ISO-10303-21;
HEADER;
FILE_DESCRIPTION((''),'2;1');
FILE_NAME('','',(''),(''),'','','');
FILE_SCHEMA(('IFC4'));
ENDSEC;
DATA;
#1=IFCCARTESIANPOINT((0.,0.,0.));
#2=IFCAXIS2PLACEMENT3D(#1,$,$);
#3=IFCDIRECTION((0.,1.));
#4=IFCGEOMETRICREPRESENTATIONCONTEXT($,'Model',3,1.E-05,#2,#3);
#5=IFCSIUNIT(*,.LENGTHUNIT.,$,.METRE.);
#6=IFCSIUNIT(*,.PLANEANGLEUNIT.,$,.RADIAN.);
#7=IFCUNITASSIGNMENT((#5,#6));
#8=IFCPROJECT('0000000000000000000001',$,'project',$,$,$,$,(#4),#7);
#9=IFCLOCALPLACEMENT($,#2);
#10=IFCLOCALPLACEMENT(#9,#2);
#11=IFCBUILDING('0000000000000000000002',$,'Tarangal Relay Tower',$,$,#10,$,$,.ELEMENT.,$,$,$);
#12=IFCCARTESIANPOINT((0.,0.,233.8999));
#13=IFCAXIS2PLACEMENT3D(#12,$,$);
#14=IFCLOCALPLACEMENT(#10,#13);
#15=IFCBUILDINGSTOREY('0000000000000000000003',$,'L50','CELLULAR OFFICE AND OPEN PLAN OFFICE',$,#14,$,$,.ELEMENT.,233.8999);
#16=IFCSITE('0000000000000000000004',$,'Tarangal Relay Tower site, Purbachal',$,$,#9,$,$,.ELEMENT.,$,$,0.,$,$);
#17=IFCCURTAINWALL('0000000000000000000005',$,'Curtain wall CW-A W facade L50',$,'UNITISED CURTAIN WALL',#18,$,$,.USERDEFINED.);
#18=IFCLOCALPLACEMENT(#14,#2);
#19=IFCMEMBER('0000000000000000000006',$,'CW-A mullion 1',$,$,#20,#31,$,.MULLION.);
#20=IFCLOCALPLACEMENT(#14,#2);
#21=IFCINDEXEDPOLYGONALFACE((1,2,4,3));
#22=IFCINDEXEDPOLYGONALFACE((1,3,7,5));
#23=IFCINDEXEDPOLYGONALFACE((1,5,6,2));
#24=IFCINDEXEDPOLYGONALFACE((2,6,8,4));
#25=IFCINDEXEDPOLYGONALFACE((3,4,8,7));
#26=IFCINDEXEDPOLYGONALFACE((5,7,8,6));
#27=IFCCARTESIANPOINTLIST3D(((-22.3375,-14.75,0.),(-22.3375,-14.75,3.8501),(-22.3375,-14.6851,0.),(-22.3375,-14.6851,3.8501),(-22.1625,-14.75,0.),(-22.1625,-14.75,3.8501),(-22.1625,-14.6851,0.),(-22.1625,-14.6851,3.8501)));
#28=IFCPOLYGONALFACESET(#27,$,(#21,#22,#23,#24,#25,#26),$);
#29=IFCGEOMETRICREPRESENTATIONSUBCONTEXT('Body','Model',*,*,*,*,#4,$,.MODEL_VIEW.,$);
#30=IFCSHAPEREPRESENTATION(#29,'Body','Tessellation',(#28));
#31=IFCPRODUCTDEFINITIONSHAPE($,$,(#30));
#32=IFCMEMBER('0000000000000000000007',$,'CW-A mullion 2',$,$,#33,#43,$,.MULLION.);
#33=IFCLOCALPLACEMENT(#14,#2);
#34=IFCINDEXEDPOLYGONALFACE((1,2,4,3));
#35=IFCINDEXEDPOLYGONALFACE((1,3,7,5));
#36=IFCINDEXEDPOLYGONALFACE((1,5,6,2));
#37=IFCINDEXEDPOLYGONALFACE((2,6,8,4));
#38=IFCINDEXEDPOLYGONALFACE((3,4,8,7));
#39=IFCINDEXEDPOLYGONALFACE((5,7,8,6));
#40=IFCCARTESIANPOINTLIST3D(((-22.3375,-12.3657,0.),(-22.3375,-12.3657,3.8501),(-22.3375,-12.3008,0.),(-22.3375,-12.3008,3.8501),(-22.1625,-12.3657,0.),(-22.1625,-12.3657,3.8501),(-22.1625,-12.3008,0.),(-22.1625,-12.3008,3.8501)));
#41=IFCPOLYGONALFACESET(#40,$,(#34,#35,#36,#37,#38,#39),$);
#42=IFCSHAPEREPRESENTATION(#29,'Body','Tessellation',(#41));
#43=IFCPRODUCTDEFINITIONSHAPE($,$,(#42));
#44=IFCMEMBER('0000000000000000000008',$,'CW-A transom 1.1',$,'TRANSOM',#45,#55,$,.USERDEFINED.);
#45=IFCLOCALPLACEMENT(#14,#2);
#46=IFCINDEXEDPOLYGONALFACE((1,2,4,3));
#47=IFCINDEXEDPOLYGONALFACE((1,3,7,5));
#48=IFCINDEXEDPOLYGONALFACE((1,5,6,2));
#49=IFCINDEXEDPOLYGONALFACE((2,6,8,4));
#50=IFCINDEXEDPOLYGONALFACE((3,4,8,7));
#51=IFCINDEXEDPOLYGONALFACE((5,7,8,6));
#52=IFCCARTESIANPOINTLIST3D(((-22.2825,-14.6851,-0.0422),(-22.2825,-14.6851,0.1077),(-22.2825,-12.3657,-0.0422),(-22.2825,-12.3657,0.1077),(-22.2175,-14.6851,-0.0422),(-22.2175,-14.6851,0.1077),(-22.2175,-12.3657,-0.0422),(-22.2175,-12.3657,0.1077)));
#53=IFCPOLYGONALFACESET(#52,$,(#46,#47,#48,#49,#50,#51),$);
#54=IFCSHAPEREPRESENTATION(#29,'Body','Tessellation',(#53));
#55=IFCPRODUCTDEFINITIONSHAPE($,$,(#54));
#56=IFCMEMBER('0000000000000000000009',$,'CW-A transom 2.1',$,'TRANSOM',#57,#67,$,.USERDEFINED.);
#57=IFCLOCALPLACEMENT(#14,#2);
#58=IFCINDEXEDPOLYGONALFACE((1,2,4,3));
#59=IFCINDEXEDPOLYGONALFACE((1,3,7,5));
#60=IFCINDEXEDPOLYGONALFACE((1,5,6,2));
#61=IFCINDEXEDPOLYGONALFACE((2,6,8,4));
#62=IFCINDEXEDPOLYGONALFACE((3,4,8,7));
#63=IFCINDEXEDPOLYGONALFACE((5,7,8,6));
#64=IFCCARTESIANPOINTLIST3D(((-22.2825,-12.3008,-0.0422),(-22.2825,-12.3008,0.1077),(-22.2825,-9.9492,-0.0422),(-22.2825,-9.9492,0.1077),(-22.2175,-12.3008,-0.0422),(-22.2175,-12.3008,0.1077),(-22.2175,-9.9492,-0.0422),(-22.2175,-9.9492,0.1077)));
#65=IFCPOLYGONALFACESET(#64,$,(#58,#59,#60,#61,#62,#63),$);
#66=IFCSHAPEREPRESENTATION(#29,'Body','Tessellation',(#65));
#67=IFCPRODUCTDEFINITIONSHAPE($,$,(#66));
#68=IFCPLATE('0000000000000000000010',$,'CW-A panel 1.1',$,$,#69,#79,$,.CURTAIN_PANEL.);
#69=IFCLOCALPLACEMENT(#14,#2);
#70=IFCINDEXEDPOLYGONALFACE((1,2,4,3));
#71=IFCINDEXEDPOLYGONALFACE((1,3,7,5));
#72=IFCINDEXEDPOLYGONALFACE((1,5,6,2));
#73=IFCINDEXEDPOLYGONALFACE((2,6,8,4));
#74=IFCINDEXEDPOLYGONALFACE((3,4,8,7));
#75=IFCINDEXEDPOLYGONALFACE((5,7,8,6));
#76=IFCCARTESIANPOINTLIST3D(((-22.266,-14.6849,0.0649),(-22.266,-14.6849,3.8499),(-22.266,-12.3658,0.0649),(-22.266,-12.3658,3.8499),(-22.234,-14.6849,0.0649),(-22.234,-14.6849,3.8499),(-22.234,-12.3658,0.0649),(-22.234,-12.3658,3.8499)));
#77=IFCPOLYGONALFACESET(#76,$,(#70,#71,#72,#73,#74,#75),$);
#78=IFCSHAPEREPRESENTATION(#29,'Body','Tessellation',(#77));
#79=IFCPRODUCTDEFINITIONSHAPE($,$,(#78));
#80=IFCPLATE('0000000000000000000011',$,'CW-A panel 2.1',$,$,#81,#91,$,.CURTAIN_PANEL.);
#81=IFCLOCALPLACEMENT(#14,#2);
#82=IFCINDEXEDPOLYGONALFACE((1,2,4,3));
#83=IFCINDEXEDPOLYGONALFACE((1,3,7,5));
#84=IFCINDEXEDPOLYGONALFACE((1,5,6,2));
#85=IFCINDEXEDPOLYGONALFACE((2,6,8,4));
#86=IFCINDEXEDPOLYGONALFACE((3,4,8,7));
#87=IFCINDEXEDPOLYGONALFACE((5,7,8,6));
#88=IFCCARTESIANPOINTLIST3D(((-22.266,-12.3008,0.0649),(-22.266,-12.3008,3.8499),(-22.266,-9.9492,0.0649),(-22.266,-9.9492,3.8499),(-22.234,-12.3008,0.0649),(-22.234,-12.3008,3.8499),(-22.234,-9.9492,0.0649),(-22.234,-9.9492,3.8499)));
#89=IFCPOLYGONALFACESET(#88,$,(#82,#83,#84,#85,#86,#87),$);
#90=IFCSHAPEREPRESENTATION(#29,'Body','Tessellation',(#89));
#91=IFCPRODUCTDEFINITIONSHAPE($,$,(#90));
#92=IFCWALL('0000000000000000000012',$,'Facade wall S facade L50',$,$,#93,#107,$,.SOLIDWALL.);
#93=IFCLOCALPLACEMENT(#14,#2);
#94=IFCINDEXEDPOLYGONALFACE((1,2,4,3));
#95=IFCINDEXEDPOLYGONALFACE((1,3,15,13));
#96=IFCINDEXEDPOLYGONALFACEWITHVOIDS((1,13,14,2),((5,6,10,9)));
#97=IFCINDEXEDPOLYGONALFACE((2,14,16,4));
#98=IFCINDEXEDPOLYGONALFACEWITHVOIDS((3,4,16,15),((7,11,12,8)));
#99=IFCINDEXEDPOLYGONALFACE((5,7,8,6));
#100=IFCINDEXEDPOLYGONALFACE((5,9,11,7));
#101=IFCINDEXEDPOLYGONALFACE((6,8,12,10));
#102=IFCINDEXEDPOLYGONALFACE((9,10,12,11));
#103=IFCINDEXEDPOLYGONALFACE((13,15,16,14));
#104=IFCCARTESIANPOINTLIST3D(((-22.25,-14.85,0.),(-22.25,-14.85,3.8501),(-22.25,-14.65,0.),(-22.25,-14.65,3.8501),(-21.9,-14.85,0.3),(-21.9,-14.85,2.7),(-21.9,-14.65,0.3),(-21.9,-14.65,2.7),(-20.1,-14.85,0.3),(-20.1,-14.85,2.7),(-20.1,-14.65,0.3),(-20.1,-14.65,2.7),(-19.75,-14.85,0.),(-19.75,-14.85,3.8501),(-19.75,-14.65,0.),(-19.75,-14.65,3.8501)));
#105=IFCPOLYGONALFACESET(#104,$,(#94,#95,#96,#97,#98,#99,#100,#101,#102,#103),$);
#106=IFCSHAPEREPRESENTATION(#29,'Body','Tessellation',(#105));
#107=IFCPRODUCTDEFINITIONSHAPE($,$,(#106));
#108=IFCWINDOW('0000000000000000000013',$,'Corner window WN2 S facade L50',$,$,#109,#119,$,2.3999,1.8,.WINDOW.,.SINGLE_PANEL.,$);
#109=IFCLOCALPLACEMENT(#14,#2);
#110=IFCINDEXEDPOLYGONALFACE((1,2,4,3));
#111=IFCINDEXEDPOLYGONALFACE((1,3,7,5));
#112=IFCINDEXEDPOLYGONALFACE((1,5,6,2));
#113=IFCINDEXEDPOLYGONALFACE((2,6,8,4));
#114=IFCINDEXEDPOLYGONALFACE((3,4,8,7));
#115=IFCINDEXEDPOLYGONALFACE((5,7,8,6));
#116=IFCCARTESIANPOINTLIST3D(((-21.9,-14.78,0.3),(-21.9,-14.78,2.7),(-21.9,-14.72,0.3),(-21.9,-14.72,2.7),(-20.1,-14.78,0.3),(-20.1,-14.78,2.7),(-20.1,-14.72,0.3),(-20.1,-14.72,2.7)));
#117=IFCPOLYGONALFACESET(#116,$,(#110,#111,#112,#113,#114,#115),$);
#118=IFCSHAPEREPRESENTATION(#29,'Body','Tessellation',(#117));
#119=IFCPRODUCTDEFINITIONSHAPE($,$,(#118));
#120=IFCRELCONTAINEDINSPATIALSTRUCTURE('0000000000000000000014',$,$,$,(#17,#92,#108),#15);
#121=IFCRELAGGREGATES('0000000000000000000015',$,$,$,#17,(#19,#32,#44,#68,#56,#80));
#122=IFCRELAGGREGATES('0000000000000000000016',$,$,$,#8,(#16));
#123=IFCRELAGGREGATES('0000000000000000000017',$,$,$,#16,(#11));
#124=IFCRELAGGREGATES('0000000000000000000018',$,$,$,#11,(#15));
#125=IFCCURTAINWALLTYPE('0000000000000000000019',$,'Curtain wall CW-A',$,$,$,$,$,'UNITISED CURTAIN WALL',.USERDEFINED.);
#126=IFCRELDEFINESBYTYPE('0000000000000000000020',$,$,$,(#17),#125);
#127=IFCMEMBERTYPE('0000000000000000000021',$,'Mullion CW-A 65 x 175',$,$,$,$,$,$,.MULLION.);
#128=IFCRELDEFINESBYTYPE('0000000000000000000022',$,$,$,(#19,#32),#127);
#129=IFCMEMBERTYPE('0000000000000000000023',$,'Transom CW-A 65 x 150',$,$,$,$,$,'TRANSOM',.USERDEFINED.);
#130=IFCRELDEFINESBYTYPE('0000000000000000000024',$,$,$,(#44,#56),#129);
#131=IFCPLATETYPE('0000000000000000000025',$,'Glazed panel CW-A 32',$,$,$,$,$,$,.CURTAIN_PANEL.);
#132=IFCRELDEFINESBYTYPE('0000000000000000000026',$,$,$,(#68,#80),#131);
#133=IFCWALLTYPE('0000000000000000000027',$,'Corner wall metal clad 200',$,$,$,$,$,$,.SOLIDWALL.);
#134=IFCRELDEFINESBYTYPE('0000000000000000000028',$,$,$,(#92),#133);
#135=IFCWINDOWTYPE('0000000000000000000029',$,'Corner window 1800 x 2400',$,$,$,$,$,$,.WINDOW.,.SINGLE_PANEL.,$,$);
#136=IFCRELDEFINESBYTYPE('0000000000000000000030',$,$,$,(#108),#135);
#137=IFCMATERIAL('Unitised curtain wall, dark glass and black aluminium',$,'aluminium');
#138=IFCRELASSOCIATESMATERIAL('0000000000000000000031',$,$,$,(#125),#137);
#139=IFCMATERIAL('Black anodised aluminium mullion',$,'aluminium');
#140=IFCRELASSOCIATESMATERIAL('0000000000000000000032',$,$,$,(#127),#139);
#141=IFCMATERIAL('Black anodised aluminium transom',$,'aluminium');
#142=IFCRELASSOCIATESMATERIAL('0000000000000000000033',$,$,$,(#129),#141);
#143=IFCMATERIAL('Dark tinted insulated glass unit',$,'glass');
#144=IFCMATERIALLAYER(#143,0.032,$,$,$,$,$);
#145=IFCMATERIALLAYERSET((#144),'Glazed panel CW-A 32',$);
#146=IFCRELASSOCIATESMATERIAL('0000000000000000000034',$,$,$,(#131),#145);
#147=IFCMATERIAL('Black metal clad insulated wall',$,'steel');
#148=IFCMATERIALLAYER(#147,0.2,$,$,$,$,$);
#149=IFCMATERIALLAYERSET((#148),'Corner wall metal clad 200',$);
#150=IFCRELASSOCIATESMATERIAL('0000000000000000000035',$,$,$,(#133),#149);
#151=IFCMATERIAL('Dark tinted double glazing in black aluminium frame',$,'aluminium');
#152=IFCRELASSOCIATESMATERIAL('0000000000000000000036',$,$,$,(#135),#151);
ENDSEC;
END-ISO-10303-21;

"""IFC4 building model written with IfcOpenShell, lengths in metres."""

from ifc_helpers import new_model, si_unit, direction, frame, frame_2d, origin, origin_2d, place, context, subcontext, project, spatial, rectangle, extrude, material, layer, layer_set, material_profile, profile_set, type_object, element, fill, aggregate, save


model = new_model("IFC4")

# Units and contexts
model_context = context("Model", 3, precision=1e-05, world=origin(), true_north=direction((0.0, 1.0)))
body_context = subcontext(model_context, "Body", "Model", "MODEL_VIEW")
ifc_project = project(units=[si_unit("LENGTHUNIT", "METRE"), si_unit("PLANEANGLEUNIT", "RADIAN")], contexts=[model_context])

# Site, building, storey
site_placement = place(None, origin())
site = spatial("IfcSite", under=ifc_project, at=site_placement, Name="Tarangal Relay Tower site, Purbachal", CompositionType="ELEMENT", RefElevation=0.0)
building_placement = place(site_placement, origin())
building = spatial("IfcBuilding", under=site, at=building_placement, Name="Tarangal Relay Tower", CompositionType="ELEMENT")
storey_placement = place(building_placement, frame((0.0, 0.0, 233.8999)))
storey = spatial("IfcBuildingStorey", under=building, at=storey_placement, Name="L50", Description="CELLULAR OFFICE AND OPEN PLAN OFFICE", CompositionType="ELEMENT", Elevation=233.8999)

# Curtain wall, members, plates
ifc_material_1 = material(Name="Unitised curtain wall, dark glass and black aluminium", Category="aluminium")
curtain_wall_type = type_object("IfcCurtainWallType", Name="Curtain wall CW-A", ElementType="UNITISED CURTAIN WALL", PredefinedType="USERDEFINED", material=ifc_material_1)
curtain_wall_placement = place(storey_placement, origin())
curtain_wall = element("IfcCurtainWall", 1, at=curtain_wall_placement, inside=storey, type_object=curtain_wall_type, Name="Curtain wall CW-A W facade L50", ObjectType="UNITISED CURTAIN WALL", PredefinedType="USERDEFINED")
ifc_material_2 = material(Name="Black anodised aluminium mullion", Category="aluminium")
ifc_material_profile_1 = material_profile(ifc_material_2, rectangle(XDim=0.175, YDim=0.0649, at=origin_2d()), Name="CW-AM 65X175")
ifc_profile_set_1 = profile_set([ifc_material_profile_1], Name="Black anodised aluminium mullion")
member_type_1 = type_object("IfcMemberType", Name="Mullion CW-A 65 x 175", PredefinedType="MULLION", material=ifc_profile_set_1)
member_1_placement = place(storey_placement, frame((-22.25, -14.7175, 0.0), z_axis=(0.0, 0.0, 1.0), x_axis=(-1.0, 0.0, 0.0)))
member_1 = element("IfcMember", 2, at=member_1_placement, type_object=member_type_1, Name="CW-A mullion 1", PredefinedType="MULLION", context=body_context, shape_type="SweptSolid", body=[
    extrude(rectangle(XDim=0.175, YDim=0.0649, at=origin_2d()), origin(), (0.0, 0.0, 1.0), 3.8501),
])
member_2_placement = place(storey_placement, frame((-22.25, -12.3333, 0.0), z_axis=(0.0, 0.0, 1.0), x_axis=(-1.0, 0.0, 0.0)))
member_2 = element("IfcMember", 3, at=member_2_placement, type_object=member_type_1, Name="CW-A mullion 2", PredefinedType="MULLION", context=body_context, shape_type="SweptSolid", body=[
    extrude(rectangle(XDim=0.175, YDim=0.0649, at=origin_2d()), origin(), (0.0, 0.0, 1.0), 3.8501),
])
ifc_material_3 = material(Name="Black anodised aluminium transom", Category="aluminium")
ifc_material_profile_2 = material_profile(ifc_material_3, rectangle(XDim=0.0649, YDim=0.1499, at=origin_2d()), Name="CW-AT 65X150")
ifc_profile_set_2 = profile_set([ifc_material_profile_2], Name="Black anodised aluminium transom")
member_type_2 = type_object("IfcMemberType", Name="Transom CW-A 65 x 150", ElementType="TRANSOM", PredefinedType="USERDEFINED", material=ifc_profile_set_2)
member_3_placement = place(storey_placement, frame((-22.25, -14.6851, 0.0327), z_axis=(0.0, 1.0, 0.0), x_axis=(-1.0, 0.0, 0.0)))
member_3 = element("IfcMember", 4, at=member_3_placement, type_object=member_type_2, Name="CW-A transom 1.1", ObjectType="TRANSOM", PredefinedType="USERDEFINED", context=body_context, shape_type="SweptSolid", body=[
    extrude(rectangle(XDim=0.0649, YDim=0.1499, at=origin_2d()), origin(), (0.0, 0.0, 1.0), 2.3193),
])
member_4_placement = place(storey_placement, frame((-22.25, -12.3008, 0.0327), z_axis=(0.0, 1.0, 0.0), x_axis=(-1.0, 0.0, 0.0)))
member_4 = element("IfcMember", 5, at=member_4_placement, type_object=member_type_2, Name="CW-A transom 2.1", ObjectType="TRANSOM", PredefinedType="USERDEFINED", context=body_context, shape_type="SweptSolid", body=[
    extrude(rectangle(XDim=0.0649, YDim=0.1499, at=origin_2d()), origin(), (0.0, 0.0, 1.0), 2.3516),
])
ifc_material_4 = material(Name="Dark tinted insulated glass unit", Category="glass")
ifc_layer_1 = layer(ifc_material_4, 0.032)
ifc_layer_set_1 = layer_set([ifc_layer_1], Name="Glazed panel CW-A 32")
plate_type = type_object("IfcPlateType", Name="Glazed panel CW-A 32", PredefinedType="CURTAIN_PANEL", material=ifc_layer_set_1)
plate_1_placement = place(storey_placement, frame((-22.25, -13.5254, 0.0649), z_axis=(0.0, 0.0, 1.0), x_axis=(0.0, 1.0, 0.0)))
plate_1 = element("IfcPlate", 6, at=plate_1_placement, type_object=plate_type, Name="CW-A panel 1.1", PredefinedType="CURTAIN_PANEL", context=body_context, shape_type="SweptSolid", body=[
    extrude(rectangle(XDim=2.3191, YDim=0.032, at=origin_2d()), origin(), (0.0, 0.0, 1.0), 3.7849),
])
plate_2_placement = place(storey_placement, frame((-22.25, -11.125, 0.0649), z_axis=(0.0, 0.0, 1.0), x_axis=(0.0, 1.0, 0.0)))
plate_2 = element("IfcPlate", 7, at=plate_2_placement, type_object=plate_type, Name="CW-A panel 2.1", PredefinedType="CURTAIN_PANEL", context=body_context, shape_type="SweptSolid", body=[
    extrude(rectangle(XDim=2.3516, YDim=0.032, at=origin_2d()), origin(), (0.0, 0.0, 1.0), 3.7849),
])
aggregate(curtain_wall, [member_1, member_2, member_3, plate_1, member_4, plate_2])

# Wall, opening, window
ifc_material_5 = material(Name="Black metal clad insulated wall", Category="steel")
ifc_layer_2 = layer(ifc_material_5, 0.2)
ifc_layer_set_2 = layer_set([ifc_layer_2], Name="Corner wall metal clad 200")
wall_type = type_object("IfcWallType", Name="Corner wall metal clad 200", PredefinedType="SOLIDWALL", material=ifc_layer_set_2)
wall_placement = place(storey_placement, frame((-19.75, -14.75, 0.0), z_axis=(0.0, 0.0, 1.0), x_axis=(-1.0, 0.0, 0.0)))
wall = element("IfcWall", 8, at=wall_placement, inside=storey, type_object=wall_type, Name="Facade wall S facade L50", PredefinedType="SOLIDWALL", context=body_context, shape_type="SweptSolid", body=[
    extrude(rectangle(XDim=2.5, YDim=0.2, at=frame_2d((1.25, 0.0))), origin(), (0.0, 0.0, 1.0), 3.8501),
])
opening_placement = place(wall_placement, frame((0.3501, 0.0, 0.3)))
opening = element("IfcOpeningElement", 9, at=opening_placement, cuts=wall, PredefinedType="OPENING", context=body_context, shape_type="SweptSolid", body=[
    extrude(rectangle(XDim=1.8, YDim=2.3999, at=frame_2d((0.8999, 1.2))), frame((0.0, 0.1099, 0.0), z_axis=(0.0, -1.0, 0.0), x_axis=(1.0, 0.0, 0.0)), (0.0, 0.0, 1.0), 0.22),
])
ifc_material_6 = material(Name="Dark tinted double glazing in black aluminium frame", Category="aluminium")
window_type = type_object("IfcWindowType", Name="Corner window 1800 x 2400", PartitioningType="SINGLE_PANEL", PredefinedType="WINDOW", material=ifc_material_6)
window_placement = place(opening_placement, origin())
window = element("IfcWindow", 10, at=window_placement, inside=storey, type_object=window_type, Name="Corner window WN2 S facade L50", OverallHeight=2.3999, OverallWidth=1.8, PartitioningType="SINGLE_PANEL", PredefinedType="WINDOW", context=body_context, shape_type="SweptSolid", body=[
    extrude(rectangle(XDim=1.8, YDim=2.3999, at=frame_2d((0.8999, 1.2))), frame((0.0, 0.03, 0.0), z_axis=(0.0, -1.0, 0.0), x_axis=(1.0, 0.0, 0.0)), (0.0, 0.0, 1.0), 0.0601),
])
fill(opening, window)

save(model, "model.ifc")
